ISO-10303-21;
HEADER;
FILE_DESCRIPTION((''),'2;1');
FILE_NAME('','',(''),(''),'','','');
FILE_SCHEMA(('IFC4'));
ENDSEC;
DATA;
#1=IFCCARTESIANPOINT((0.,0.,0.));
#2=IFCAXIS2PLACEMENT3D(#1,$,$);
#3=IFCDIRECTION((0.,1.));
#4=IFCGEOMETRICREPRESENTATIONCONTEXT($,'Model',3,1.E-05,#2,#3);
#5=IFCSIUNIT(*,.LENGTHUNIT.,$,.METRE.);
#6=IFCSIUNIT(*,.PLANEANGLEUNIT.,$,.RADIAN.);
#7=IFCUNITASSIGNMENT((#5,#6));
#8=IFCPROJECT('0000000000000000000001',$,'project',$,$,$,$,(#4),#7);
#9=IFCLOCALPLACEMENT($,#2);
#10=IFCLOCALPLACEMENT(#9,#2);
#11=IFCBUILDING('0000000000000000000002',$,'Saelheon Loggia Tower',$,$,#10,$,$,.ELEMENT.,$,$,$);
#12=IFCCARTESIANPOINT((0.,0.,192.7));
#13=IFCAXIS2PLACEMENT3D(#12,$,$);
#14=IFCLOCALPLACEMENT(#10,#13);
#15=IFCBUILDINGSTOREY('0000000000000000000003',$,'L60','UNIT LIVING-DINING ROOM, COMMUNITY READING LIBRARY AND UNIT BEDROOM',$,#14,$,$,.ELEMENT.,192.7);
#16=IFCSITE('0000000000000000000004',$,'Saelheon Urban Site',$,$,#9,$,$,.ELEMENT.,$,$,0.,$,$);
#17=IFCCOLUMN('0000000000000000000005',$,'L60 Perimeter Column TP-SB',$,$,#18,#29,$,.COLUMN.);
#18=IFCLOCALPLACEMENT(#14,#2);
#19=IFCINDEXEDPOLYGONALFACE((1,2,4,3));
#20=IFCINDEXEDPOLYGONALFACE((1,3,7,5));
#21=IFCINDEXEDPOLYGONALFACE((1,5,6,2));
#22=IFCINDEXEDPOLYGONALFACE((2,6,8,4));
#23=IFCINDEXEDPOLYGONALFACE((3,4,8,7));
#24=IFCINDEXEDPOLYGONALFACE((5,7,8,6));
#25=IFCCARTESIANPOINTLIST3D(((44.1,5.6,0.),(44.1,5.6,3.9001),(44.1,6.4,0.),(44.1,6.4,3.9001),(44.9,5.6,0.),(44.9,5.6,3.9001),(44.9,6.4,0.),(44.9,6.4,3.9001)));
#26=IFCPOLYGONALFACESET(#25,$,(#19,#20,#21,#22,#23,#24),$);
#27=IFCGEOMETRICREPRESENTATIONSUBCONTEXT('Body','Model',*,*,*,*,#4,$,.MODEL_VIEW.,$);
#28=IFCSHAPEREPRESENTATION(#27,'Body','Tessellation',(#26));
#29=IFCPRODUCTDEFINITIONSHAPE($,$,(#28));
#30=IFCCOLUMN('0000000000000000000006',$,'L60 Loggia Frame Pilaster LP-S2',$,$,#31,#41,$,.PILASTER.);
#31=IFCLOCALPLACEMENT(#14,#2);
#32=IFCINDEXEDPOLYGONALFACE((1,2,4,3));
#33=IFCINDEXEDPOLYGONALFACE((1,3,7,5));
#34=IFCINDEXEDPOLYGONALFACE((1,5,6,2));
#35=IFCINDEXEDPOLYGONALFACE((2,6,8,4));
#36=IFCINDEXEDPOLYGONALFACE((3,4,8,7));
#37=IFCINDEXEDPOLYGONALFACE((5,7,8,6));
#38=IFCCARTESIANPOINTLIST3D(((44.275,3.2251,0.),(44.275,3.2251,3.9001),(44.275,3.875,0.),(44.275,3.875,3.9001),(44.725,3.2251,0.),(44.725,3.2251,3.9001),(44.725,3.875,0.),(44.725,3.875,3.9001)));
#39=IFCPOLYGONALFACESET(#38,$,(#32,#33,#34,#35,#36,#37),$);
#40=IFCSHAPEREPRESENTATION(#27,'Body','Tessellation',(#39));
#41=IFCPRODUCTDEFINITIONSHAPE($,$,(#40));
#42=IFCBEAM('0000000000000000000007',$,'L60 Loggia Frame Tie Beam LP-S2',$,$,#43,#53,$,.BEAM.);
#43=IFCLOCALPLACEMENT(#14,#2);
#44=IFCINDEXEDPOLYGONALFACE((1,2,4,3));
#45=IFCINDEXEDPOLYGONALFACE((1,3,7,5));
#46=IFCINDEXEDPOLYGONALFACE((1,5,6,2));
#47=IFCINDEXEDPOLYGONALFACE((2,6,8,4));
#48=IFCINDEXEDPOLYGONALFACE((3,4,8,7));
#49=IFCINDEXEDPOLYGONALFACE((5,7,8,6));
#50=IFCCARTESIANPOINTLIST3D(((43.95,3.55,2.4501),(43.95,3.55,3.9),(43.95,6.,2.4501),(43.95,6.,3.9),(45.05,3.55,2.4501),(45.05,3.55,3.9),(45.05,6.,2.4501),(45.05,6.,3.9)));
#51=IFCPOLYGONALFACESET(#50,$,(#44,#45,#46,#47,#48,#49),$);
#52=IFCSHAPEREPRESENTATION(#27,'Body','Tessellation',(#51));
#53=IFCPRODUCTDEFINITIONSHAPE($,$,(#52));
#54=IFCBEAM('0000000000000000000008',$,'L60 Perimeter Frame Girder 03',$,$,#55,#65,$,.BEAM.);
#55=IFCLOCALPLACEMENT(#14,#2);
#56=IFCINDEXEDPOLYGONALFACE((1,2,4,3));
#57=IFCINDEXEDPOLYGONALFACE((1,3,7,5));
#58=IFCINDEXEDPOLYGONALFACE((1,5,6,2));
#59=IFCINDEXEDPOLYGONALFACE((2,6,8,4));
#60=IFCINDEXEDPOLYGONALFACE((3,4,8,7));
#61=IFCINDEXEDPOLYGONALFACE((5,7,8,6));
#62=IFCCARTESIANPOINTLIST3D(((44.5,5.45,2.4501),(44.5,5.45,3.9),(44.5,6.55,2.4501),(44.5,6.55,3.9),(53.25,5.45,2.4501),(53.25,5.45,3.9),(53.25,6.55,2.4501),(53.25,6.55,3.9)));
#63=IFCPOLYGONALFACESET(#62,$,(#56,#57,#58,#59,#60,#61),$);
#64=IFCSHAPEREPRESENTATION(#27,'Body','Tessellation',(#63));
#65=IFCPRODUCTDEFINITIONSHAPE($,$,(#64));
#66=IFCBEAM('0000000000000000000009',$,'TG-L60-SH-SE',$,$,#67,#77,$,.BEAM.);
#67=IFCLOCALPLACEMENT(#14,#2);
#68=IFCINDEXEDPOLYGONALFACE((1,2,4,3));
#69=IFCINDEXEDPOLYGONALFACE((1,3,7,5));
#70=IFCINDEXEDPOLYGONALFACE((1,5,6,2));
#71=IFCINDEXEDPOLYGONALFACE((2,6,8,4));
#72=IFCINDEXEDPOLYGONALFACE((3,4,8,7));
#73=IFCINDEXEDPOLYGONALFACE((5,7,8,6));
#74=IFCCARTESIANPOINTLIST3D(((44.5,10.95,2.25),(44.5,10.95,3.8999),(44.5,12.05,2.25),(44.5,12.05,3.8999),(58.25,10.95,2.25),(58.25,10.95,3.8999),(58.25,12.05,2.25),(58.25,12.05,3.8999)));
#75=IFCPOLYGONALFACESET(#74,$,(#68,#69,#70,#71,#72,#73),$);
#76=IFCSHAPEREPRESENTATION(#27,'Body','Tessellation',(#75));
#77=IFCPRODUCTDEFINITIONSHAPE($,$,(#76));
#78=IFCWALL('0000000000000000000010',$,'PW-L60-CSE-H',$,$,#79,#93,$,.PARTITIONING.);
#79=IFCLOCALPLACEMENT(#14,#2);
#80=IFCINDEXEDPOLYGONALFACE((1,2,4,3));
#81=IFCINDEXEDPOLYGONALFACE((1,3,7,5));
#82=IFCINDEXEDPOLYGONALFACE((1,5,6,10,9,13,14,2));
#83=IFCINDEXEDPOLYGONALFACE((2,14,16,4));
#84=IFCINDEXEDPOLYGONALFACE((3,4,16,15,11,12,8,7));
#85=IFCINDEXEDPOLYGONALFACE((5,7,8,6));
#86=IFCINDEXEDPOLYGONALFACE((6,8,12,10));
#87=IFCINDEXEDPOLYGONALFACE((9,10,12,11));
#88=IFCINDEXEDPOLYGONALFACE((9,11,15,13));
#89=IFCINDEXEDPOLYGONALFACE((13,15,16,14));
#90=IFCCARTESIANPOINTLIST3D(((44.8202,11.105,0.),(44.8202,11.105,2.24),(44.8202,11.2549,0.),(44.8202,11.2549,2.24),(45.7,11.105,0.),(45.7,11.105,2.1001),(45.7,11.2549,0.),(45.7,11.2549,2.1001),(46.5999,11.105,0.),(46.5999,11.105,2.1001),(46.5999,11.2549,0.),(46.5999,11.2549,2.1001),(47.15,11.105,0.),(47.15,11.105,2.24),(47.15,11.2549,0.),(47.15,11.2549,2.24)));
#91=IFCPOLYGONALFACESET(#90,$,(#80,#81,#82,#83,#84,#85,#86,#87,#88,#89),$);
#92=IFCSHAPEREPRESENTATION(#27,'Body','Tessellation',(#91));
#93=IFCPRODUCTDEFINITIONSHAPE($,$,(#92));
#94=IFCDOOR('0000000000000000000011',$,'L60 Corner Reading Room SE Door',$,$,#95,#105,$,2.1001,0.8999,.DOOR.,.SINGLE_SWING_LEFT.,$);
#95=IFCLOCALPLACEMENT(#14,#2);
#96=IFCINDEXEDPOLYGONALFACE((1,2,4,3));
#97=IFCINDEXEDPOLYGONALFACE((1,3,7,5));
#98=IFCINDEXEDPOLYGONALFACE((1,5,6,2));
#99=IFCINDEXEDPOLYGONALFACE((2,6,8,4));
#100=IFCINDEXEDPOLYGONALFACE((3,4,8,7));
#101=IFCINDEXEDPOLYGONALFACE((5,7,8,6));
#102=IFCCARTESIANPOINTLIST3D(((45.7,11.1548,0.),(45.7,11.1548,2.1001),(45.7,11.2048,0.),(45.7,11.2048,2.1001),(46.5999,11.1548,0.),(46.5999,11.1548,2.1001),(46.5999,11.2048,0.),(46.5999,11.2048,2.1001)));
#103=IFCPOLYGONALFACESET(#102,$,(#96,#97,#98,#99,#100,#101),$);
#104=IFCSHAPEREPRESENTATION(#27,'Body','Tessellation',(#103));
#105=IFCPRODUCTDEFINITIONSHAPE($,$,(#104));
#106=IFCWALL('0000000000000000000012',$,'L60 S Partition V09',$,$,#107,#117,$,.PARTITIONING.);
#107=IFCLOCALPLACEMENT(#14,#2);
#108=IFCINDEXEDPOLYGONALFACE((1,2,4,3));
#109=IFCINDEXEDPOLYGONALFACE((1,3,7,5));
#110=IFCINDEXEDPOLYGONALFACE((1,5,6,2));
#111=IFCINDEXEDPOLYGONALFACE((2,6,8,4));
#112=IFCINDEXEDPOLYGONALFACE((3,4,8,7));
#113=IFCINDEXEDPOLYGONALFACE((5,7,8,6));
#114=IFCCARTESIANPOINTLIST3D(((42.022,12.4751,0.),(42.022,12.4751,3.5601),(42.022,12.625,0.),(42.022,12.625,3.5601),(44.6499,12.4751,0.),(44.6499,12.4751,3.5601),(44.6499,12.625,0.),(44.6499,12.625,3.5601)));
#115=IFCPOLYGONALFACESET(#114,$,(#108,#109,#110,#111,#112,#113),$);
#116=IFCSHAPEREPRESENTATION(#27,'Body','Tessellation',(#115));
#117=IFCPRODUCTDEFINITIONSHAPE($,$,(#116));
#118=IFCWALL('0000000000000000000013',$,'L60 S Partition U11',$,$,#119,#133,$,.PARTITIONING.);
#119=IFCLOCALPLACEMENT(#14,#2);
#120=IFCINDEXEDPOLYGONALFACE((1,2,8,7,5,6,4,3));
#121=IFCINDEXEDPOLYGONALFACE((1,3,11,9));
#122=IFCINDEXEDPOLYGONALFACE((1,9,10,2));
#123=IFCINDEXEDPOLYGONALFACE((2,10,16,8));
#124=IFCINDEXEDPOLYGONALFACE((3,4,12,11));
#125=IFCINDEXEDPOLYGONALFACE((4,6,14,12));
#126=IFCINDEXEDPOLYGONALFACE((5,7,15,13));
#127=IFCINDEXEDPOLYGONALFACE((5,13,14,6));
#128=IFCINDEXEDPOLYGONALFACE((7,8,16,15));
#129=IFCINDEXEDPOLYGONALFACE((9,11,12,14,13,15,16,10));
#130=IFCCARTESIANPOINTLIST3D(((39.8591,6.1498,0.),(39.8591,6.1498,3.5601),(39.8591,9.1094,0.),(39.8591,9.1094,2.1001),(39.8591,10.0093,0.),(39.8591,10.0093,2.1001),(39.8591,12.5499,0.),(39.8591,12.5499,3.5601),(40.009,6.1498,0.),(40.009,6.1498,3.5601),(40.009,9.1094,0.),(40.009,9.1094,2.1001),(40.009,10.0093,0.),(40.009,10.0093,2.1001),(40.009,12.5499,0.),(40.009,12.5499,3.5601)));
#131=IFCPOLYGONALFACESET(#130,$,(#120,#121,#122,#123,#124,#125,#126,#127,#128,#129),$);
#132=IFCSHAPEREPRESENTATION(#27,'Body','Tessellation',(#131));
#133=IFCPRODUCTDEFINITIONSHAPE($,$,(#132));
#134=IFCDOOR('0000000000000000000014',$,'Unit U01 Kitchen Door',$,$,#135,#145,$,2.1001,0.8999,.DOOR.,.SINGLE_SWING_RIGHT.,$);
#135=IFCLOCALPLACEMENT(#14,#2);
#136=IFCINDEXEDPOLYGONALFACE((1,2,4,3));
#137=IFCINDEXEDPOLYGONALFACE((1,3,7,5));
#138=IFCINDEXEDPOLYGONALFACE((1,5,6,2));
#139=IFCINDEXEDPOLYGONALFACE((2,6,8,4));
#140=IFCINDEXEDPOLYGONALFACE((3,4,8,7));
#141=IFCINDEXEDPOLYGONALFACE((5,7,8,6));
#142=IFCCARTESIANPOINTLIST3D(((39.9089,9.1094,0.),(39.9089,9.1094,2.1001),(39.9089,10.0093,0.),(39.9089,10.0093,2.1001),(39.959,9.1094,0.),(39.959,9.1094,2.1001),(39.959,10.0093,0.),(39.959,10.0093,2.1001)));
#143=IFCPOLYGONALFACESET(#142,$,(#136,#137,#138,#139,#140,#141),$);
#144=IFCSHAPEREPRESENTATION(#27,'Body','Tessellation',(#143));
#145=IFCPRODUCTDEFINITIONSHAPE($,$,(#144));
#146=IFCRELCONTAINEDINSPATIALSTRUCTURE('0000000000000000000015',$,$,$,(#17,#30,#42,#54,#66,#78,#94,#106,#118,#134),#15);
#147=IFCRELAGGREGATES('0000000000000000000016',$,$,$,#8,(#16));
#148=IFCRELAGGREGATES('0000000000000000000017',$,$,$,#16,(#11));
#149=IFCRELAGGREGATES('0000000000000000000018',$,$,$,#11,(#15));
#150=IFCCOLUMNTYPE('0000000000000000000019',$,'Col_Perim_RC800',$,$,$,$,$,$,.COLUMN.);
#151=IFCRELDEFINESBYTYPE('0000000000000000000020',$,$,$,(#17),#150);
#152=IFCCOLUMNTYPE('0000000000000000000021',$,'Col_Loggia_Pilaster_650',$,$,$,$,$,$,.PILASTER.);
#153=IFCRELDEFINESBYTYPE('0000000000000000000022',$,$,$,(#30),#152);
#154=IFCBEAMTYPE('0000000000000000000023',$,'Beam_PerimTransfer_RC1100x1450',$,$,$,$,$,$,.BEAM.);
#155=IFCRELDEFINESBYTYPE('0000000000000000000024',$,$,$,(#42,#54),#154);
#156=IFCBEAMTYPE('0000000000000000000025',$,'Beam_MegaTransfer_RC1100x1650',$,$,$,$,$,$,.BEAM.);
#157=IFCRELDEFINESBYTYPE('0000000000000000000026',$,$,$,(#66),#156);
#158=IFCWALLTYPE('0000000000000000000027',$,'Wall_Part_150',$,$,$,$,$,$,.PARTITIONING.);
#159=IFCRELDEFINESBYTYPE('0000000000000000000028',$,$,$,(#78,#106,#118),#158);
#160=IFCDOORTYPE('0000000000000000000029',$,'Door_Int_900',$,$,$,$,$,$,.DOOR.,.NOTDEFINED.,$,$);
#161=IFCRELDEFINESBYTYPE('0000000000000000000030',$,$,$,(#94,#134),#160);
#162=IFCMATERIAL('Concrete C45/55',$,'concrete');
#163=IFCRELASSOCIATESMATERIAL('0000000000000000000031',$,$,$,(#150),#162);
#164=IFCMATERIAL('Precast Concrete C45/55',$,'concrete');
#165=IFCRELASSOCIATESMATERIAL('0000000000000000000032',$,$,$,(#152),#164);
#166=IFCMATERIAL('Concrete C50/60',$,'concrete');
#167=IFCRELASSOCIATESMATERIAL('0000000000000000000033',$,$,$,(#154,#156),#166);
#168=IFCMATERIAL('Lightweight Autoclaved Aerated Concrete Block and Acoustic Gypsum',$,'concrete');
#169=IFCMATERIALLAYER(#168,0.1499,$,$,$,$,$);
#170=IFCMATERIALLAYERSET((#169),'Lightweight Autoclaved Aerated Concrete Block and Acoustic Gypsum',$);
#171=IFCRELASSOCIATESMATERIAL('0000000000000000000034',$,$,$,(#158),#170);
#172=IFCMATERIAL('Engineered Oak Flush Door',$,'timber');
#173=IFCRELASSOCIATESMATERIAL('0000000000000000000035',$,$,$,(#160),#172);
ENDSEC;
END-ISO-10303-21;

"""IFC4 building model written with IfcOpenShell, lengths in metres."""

from ifc_helpers import new_model, si_unit, direction, frame, frame_2d, origin, origin_2d, place, context, subcontext, project, spatial, rectangle, extrude, source, transform, mapped, material, layer, layer_set, material_profile, profile_set, type_object, element, fill, save


model = new_model("IFC4")

# Units and contexts
model_context = context("Model", 3, precision=1e-05, world=origin(), true_north=direction((0.0, 1.0)))
body_context = subcontext(model_context, "Body", "Model", "MODEL_VIEW")
ifc_project = project(units=[si_unit("LENGTHUNIT", "METRE"), si_unit("PLANEANGLEUNIT", "RADIAN")], contexts=[model_context])

# Site, building, storey
site_placement = place(None, origin())
site = spatial("IfcSite", under=ifc_project, at=site_placement, Name="Saelheon Urban Site", CompositionType="ELEMENT", RefElevation=0.0)
building_placement = place(site_placement, origin())
building = spatial("IfcBuilding", under=site, at=building_placement, Name="Saelheon Loggia Tower", CompositionType="ELEMENT")
storey_placement = place(building_placement, frame((0.0, 0.0, 192.7)))
storey = spatial("IfcBuildingStorey", under=building, at=storey_placement, Name="L60", Description="UNIT LIVING-DINING ROOM, COMMUNITY READING LIBRARY AND UNIT BEDROOM", CompositionType="ELEMENT", Elevation=192.7)

# Columns
ifc_material_1 = material(Name="Concrete C45/55", Category="concrete")
ifc_material_profile_1 = material_profile(ifc_material_1, rectangle(XDim=0.8, YDim=0.8, at=origin_2d()), Name="RC-800x800")
ifc_profile_set_1 = profile_set([ifc_material_profile_1], Name="Concrete C45/55")
column_type_1 = type_object("IfcColumnType", Name="Col_Perim_RC800", PredefinedType="COLUMN", material=ifc_profile_set_1)
shared_shape_1 = source(origin(), body_context, "Body", "SweptSolid", [
    extrude(rectangle(XDim=0.8, YDim=0.8, at=origin_2d()), origin(), (0.0, 0.0, 1.0), 3.9001),
])
column_1_placement = place(storey_placement, frame((44.5, 6.0, 0.0), z_axis=(0.0, 0.0, 1.0), x_axis=(1.0, 0.0, 0.0)))
element("IfcColumn", 1, at=column_1_placement, inside=storey, type_object=column_type_1, Name="L60 Perimeter Column TP-SB", PredefinedType="COLUMN", context=body_context, shape_type="MappedRepresentation", body=[
    mapped(shared_shape_1, transform((0.0, 0.0, 0.0), scale=1.0)),
])
ifc_material_2 = material(Name="Precast Concrete C45/55", Category="concrete")
ifc_material_profile_2 = material_profile(ifc_material_2, rectangle(XDim=0.45, YDim=0.6499, at=origin_2d()), Name="RC-450x650")
ifc_profile_set_2 = profile_set([ifc_material_profile_2], Name="Precast Concrete C45/55")
column_type_2 = type_object("IfcColumnType", Name="Col_Loggia_Pilaster_650", PredefinedType="PILASTER", material=ifc_profile_set_2)
shared_shape_2 = source(origin(), body_context, "Body", "SweptSolid", [
    extrude(rectangle(XDim=0.45, YDim=0.6499, at=origin_2d()), origin(), (0.0, 0.0, 1.0), 3.9001),
])
column_2_placement = place(storey_placement, frame((44.5, 3.55, 0.0), z_axis=(0.0, 0.0, 1.0), x_axis=(1.0, 0.0, 0.0)))
element("IfcColumn", 2, at=column_2_placement, inside=storey, type_object=column_type_2, Name="L60 Loggia Frame Pilaster LP-S2", PredefinedType="PILASTER", context=body_context, shape_type="MappedRepresentation", body=[
    mapped(shared_shape_2, transform((0.0, 0.0, 0.0), scale=1.0)),
])

# Beams
ifc_material_3 = material(Name="Concrete C50/60", Category="concrete")
ifc_material_profile_3 = material_profile(ifc_material_3, rectangle(XDim=1.1001, YDim=1.45, at=origin_2d()), Name="RC-1100x1450")
ifc_profile_set_3 = profile_set([ifc_material_profile_3], Name="Concrete C50/60")
beam_type_1 = type_object("IfcBeamType", Name="Beam_PerimTransfer_RC1100x1450", PredefinedType="BEAM", material=ifc_profile_set_3)
shared_shape_3 = source(origin(), body_context, "Body", "SweptSolid", [
    extrude(rectangle(XDim=1.1001, YDim=1.45, at=origin_2d()), origin(), (0.0, 0.0, 1.0), 2.45),
])
beam_1_placement = place(storey_placement, frame((44.5, 6.0, 3.175), z_axis=(0.0, -1.0, 0.0), x_axis=(1.0, 0.0, 0.0)))
element("IfcBeam", 3, at=beam_1_placement, inside=storey, type_object=beam_type_1, Name="L60 Loggia Frame Tie Beam LP-S2", PredefinedType="BEAM", context=body_context, shape_type="MappedRepresentation", body=[
    mapped(shared_shape_3, transform((0.0, 0.0, 0.0), scale=1.0)),
])
shared_shape_4 = source(origin(), body_context, "Body", "SweptSolid", [
    extrude(rectangle(XDim=1.1001, YDim=1.45, at=origin_2d()), origin(), (0.0, 0.0, 1.0), 8.75),
])
beam_2_placement = place(storey_placement, frame((44.5, 6.0, 3.175), z_axis=(1.0, 0.0, 0.0), x_axis=(0.0, 1.0, 0.0)))
element("IfcBeam", 4, at=beam_2_placement, inside=storey, type_object=beam_type_1, Name="L60 Perimeter Frame Girder 03", PredefinedType="BEAM", context=body_context, shape_type="MappedRepresentation", body=[
    mapped(shared_shape_4, transform((0.0, 0.0, 0.0), scale=1.0)),
])
ifc_material_profile_4 = material_profile(ifc_material_3, rectangle(XDim=1.1001, YDim=1.6499, at=origin_2d()), Name="RC-1100x1650")
ifc_profile_set_4 = profile_set([ifc_material_profile_4], Name="Concrete C50/60")
beam_type_2 = type_object("IfcBeamType", Name="Beam_MegaTransfer_RC1100x1650", PredefinedType="BEAM", material=ifc_profile_set_4)
shared_shape_5 = source(origin(), body_context, "Body", "SweptSolid", [
    extrude(rectangle(XDim=1.1001, YDim=1.6499, at=origin_2d()), origin(), (0.0, 0.0, 1.0), 13.75),
])
beam_3_placement = place(storey_placement, frame((44.5, 11.5, 3.075), z_axis=(1.0, 0.0, 0.0), x_axis=(0.0, 1.0, 0.0)))
element("IfcBeam", 5, at=beam_3_placement, inside=storey, type_object=beam_type_2, Name="TG-L60-SH-SE", PredefinedType="BEAM", context=body_context, shape_type="MappedRepresentation", body=[
    mapped(shared_shape_5, transform((0.0, 0.0, 0.0), scale=1.0)),
])

# Wall, opening, door
ifc_material_4 = material(Name="Lightweight Autoclaved Aerated Concrete Block and Acoustic Gypsum", Category="concrete")
ifc_layer_1 = layer(ifc_material_4, 0.1499)
ifc_layer_set_1 = layer_set([ifc_layer_1], Name="Lightweight Autoclaved Aerated Concrete Block and Acoustic Gypsum")
wall_type_1 = type_object("IfcWallType", Name="Wall_Part_150", PredefinedType="PARTITIONING", material=ifc_layer_set_1)
wall_1_placement = place(storey_placement, frame((44.8201, 11.1799, 0.0), z_axis=(0.0, 0.0, 1.0), x_axis=(1.0, 0.0, 0.0)))
wall_1 = element("IfcWall", 6, at=wall_1_placement, inside=storey, type_object=wall_type_1, Name="PW-L60-CSE-H", PredefinedType="PARTITIONING", context=body_context, shape_type="SweptSolid", body=[
    extrude(rectangle(XDim=2.3298, YDim=0.1499, at=frame_2d((1.165, 0.0))), origin(), (0.0, 0.0, 1.0), 2.24),
])
opening_1_placement = place(wall_1_placement, frame((0.8799, 0.0, 0.0)))
opening_1 = element("IfcOpeningElement", 7, at=opening_1_placement, cuts=wall_1, PredefinedType="OPENING", context=body_context, shape_type="SweptSolid", body=[
    extrude(rectangle(XDim=0.8999, YDim=2.1001, at=frame_2d((0.45, 1.05))), frame((0.0, 0.0869, 0.0), z_axis=(0.0, -1.0, 0.0), x_axis=(1.0, 0.0, 0.0)), (0.0, 0.0, 1.0), 0.1738),
])
ifc_material_5 = material(Name="Engineered Oak Flush Door", Category="timber")
door_type_1 = type_object("IfcDoorType", Name="Door_Int_900", OperationType="NOTDEFINED", PredefinedType="DOOR", material=ifc_material_5)
shared_shape_6 = source(origin(), body_context, "Body", "SweptSolid", [
    extrude(rectangle(XDim=0.8999, YDim=2.1001, at=frame_2d((0.45, 1.05))), frame((0.0, 0.0249, 0.0), z_axis=(0.0, -1.0, 0.0), x_axis=(1.0, 0.0, 0.0)), (0.0, 0.0, 1.0), 0.05),
])
door_1_placement = place(opening_1_placement, origin())
door_1 = element("IfcDoor", 8, at=door_1_placement, inside=storey, type_object=door_type_1, Name="L60 Corner Reading Room SE Door", OperationType="SINGLE_SWING_LEFT", OverallHeight=2.1001, OverallWidth=0.8999, PredefinedType="DOOR", context=body_context, shape_type="MappedRepresentation", body=[
    mapped(shared_shape_6, transform((0.0, 0.0, 0.0), scale=1.0)),
])
fill(opening_1, door_1)

# Wall
wall_2_placement = place(storey_placement, frame((42.022, 12.55, 0.0), z_axis=(0.0, 0.0, 1.0), x_axis=(1.0, 0.0, 0.0)))
element("IfcWall", 9, at=wall_2_placement, inside=storey, type_object=wall_type_1, Name="L60 S Partition V09", PredefinedType="PARTITIONING", context=body_context, shape_type="SweptSolid", body=[
    extrude(rectangle(XDim=2.6279, YDim=0.1499, at=frame_2d((1.314, 0.0))), origin(), (0.0, 0.0, 1.0), 3.5601),
])

# Wall, opening, door
wall_3_placement = place(storey_placement, frame((39.9341, 12.55, 0.0), z_axis=(0.0, 0.0, 1.0), x_axis=(0.0, -1.0, 0.0)))
wall_3 = element("IfcWall", 10, at=wall_3_placement, inside=storey, type_object=wall_type_1, Name="L60 S Partition U11", PredefinedType="PARTITIONING", context=body_context, shape_type="SweptSolid", body=[
    extrude(rectangle(XDim=6.4001, YDim=0.1499, at=frame_2d((3.2002, 0.0))), origin(), (0.0, 0.0, 1.0), 3.5601),
])
opening_2_placement = place(wall_3_placement, frame((2.5408, 0.0, 0.0)))
opening_2 = element("IfcOpeningElement", 11, at=opening_2_placement, cuts=wall_3, PredefinedType="OPENING", context=body_context, shape_type="SweptSolid", body=[
    extrude(rectangle(XDim=0.8999, YDim=2.1001, at=frame_2d((0.45, 1.05))), frame((0.0, 0.0869, 0.0), z_axis=(0.0, -1.0, 0.0), x_axis=(1.0, 0.0, 0.0)), (0.0, 0.0, 1.0), 0.1738),
])
door_2_placement = place(opening_2_placement, origin())
door_2 = element("IfcDoor", 12, at=door_2_placement, inside=storey, type_object=door_type_1, Name="Unit U01 Kitchen Door", OperationType="SINGLE_SWING_RIGHT", OverallHeight=2.1001, OverallWidth=0.8999, PredefinedType="DOOR", context=body_context, shape_type="MappedRepresentation", body=[
    mapped(shared_shape_6, transform((0.0, 0.0, 0.0), scale=1.0)),
])
fill(opening_2, door_2)

save(model, "model.ifc")
